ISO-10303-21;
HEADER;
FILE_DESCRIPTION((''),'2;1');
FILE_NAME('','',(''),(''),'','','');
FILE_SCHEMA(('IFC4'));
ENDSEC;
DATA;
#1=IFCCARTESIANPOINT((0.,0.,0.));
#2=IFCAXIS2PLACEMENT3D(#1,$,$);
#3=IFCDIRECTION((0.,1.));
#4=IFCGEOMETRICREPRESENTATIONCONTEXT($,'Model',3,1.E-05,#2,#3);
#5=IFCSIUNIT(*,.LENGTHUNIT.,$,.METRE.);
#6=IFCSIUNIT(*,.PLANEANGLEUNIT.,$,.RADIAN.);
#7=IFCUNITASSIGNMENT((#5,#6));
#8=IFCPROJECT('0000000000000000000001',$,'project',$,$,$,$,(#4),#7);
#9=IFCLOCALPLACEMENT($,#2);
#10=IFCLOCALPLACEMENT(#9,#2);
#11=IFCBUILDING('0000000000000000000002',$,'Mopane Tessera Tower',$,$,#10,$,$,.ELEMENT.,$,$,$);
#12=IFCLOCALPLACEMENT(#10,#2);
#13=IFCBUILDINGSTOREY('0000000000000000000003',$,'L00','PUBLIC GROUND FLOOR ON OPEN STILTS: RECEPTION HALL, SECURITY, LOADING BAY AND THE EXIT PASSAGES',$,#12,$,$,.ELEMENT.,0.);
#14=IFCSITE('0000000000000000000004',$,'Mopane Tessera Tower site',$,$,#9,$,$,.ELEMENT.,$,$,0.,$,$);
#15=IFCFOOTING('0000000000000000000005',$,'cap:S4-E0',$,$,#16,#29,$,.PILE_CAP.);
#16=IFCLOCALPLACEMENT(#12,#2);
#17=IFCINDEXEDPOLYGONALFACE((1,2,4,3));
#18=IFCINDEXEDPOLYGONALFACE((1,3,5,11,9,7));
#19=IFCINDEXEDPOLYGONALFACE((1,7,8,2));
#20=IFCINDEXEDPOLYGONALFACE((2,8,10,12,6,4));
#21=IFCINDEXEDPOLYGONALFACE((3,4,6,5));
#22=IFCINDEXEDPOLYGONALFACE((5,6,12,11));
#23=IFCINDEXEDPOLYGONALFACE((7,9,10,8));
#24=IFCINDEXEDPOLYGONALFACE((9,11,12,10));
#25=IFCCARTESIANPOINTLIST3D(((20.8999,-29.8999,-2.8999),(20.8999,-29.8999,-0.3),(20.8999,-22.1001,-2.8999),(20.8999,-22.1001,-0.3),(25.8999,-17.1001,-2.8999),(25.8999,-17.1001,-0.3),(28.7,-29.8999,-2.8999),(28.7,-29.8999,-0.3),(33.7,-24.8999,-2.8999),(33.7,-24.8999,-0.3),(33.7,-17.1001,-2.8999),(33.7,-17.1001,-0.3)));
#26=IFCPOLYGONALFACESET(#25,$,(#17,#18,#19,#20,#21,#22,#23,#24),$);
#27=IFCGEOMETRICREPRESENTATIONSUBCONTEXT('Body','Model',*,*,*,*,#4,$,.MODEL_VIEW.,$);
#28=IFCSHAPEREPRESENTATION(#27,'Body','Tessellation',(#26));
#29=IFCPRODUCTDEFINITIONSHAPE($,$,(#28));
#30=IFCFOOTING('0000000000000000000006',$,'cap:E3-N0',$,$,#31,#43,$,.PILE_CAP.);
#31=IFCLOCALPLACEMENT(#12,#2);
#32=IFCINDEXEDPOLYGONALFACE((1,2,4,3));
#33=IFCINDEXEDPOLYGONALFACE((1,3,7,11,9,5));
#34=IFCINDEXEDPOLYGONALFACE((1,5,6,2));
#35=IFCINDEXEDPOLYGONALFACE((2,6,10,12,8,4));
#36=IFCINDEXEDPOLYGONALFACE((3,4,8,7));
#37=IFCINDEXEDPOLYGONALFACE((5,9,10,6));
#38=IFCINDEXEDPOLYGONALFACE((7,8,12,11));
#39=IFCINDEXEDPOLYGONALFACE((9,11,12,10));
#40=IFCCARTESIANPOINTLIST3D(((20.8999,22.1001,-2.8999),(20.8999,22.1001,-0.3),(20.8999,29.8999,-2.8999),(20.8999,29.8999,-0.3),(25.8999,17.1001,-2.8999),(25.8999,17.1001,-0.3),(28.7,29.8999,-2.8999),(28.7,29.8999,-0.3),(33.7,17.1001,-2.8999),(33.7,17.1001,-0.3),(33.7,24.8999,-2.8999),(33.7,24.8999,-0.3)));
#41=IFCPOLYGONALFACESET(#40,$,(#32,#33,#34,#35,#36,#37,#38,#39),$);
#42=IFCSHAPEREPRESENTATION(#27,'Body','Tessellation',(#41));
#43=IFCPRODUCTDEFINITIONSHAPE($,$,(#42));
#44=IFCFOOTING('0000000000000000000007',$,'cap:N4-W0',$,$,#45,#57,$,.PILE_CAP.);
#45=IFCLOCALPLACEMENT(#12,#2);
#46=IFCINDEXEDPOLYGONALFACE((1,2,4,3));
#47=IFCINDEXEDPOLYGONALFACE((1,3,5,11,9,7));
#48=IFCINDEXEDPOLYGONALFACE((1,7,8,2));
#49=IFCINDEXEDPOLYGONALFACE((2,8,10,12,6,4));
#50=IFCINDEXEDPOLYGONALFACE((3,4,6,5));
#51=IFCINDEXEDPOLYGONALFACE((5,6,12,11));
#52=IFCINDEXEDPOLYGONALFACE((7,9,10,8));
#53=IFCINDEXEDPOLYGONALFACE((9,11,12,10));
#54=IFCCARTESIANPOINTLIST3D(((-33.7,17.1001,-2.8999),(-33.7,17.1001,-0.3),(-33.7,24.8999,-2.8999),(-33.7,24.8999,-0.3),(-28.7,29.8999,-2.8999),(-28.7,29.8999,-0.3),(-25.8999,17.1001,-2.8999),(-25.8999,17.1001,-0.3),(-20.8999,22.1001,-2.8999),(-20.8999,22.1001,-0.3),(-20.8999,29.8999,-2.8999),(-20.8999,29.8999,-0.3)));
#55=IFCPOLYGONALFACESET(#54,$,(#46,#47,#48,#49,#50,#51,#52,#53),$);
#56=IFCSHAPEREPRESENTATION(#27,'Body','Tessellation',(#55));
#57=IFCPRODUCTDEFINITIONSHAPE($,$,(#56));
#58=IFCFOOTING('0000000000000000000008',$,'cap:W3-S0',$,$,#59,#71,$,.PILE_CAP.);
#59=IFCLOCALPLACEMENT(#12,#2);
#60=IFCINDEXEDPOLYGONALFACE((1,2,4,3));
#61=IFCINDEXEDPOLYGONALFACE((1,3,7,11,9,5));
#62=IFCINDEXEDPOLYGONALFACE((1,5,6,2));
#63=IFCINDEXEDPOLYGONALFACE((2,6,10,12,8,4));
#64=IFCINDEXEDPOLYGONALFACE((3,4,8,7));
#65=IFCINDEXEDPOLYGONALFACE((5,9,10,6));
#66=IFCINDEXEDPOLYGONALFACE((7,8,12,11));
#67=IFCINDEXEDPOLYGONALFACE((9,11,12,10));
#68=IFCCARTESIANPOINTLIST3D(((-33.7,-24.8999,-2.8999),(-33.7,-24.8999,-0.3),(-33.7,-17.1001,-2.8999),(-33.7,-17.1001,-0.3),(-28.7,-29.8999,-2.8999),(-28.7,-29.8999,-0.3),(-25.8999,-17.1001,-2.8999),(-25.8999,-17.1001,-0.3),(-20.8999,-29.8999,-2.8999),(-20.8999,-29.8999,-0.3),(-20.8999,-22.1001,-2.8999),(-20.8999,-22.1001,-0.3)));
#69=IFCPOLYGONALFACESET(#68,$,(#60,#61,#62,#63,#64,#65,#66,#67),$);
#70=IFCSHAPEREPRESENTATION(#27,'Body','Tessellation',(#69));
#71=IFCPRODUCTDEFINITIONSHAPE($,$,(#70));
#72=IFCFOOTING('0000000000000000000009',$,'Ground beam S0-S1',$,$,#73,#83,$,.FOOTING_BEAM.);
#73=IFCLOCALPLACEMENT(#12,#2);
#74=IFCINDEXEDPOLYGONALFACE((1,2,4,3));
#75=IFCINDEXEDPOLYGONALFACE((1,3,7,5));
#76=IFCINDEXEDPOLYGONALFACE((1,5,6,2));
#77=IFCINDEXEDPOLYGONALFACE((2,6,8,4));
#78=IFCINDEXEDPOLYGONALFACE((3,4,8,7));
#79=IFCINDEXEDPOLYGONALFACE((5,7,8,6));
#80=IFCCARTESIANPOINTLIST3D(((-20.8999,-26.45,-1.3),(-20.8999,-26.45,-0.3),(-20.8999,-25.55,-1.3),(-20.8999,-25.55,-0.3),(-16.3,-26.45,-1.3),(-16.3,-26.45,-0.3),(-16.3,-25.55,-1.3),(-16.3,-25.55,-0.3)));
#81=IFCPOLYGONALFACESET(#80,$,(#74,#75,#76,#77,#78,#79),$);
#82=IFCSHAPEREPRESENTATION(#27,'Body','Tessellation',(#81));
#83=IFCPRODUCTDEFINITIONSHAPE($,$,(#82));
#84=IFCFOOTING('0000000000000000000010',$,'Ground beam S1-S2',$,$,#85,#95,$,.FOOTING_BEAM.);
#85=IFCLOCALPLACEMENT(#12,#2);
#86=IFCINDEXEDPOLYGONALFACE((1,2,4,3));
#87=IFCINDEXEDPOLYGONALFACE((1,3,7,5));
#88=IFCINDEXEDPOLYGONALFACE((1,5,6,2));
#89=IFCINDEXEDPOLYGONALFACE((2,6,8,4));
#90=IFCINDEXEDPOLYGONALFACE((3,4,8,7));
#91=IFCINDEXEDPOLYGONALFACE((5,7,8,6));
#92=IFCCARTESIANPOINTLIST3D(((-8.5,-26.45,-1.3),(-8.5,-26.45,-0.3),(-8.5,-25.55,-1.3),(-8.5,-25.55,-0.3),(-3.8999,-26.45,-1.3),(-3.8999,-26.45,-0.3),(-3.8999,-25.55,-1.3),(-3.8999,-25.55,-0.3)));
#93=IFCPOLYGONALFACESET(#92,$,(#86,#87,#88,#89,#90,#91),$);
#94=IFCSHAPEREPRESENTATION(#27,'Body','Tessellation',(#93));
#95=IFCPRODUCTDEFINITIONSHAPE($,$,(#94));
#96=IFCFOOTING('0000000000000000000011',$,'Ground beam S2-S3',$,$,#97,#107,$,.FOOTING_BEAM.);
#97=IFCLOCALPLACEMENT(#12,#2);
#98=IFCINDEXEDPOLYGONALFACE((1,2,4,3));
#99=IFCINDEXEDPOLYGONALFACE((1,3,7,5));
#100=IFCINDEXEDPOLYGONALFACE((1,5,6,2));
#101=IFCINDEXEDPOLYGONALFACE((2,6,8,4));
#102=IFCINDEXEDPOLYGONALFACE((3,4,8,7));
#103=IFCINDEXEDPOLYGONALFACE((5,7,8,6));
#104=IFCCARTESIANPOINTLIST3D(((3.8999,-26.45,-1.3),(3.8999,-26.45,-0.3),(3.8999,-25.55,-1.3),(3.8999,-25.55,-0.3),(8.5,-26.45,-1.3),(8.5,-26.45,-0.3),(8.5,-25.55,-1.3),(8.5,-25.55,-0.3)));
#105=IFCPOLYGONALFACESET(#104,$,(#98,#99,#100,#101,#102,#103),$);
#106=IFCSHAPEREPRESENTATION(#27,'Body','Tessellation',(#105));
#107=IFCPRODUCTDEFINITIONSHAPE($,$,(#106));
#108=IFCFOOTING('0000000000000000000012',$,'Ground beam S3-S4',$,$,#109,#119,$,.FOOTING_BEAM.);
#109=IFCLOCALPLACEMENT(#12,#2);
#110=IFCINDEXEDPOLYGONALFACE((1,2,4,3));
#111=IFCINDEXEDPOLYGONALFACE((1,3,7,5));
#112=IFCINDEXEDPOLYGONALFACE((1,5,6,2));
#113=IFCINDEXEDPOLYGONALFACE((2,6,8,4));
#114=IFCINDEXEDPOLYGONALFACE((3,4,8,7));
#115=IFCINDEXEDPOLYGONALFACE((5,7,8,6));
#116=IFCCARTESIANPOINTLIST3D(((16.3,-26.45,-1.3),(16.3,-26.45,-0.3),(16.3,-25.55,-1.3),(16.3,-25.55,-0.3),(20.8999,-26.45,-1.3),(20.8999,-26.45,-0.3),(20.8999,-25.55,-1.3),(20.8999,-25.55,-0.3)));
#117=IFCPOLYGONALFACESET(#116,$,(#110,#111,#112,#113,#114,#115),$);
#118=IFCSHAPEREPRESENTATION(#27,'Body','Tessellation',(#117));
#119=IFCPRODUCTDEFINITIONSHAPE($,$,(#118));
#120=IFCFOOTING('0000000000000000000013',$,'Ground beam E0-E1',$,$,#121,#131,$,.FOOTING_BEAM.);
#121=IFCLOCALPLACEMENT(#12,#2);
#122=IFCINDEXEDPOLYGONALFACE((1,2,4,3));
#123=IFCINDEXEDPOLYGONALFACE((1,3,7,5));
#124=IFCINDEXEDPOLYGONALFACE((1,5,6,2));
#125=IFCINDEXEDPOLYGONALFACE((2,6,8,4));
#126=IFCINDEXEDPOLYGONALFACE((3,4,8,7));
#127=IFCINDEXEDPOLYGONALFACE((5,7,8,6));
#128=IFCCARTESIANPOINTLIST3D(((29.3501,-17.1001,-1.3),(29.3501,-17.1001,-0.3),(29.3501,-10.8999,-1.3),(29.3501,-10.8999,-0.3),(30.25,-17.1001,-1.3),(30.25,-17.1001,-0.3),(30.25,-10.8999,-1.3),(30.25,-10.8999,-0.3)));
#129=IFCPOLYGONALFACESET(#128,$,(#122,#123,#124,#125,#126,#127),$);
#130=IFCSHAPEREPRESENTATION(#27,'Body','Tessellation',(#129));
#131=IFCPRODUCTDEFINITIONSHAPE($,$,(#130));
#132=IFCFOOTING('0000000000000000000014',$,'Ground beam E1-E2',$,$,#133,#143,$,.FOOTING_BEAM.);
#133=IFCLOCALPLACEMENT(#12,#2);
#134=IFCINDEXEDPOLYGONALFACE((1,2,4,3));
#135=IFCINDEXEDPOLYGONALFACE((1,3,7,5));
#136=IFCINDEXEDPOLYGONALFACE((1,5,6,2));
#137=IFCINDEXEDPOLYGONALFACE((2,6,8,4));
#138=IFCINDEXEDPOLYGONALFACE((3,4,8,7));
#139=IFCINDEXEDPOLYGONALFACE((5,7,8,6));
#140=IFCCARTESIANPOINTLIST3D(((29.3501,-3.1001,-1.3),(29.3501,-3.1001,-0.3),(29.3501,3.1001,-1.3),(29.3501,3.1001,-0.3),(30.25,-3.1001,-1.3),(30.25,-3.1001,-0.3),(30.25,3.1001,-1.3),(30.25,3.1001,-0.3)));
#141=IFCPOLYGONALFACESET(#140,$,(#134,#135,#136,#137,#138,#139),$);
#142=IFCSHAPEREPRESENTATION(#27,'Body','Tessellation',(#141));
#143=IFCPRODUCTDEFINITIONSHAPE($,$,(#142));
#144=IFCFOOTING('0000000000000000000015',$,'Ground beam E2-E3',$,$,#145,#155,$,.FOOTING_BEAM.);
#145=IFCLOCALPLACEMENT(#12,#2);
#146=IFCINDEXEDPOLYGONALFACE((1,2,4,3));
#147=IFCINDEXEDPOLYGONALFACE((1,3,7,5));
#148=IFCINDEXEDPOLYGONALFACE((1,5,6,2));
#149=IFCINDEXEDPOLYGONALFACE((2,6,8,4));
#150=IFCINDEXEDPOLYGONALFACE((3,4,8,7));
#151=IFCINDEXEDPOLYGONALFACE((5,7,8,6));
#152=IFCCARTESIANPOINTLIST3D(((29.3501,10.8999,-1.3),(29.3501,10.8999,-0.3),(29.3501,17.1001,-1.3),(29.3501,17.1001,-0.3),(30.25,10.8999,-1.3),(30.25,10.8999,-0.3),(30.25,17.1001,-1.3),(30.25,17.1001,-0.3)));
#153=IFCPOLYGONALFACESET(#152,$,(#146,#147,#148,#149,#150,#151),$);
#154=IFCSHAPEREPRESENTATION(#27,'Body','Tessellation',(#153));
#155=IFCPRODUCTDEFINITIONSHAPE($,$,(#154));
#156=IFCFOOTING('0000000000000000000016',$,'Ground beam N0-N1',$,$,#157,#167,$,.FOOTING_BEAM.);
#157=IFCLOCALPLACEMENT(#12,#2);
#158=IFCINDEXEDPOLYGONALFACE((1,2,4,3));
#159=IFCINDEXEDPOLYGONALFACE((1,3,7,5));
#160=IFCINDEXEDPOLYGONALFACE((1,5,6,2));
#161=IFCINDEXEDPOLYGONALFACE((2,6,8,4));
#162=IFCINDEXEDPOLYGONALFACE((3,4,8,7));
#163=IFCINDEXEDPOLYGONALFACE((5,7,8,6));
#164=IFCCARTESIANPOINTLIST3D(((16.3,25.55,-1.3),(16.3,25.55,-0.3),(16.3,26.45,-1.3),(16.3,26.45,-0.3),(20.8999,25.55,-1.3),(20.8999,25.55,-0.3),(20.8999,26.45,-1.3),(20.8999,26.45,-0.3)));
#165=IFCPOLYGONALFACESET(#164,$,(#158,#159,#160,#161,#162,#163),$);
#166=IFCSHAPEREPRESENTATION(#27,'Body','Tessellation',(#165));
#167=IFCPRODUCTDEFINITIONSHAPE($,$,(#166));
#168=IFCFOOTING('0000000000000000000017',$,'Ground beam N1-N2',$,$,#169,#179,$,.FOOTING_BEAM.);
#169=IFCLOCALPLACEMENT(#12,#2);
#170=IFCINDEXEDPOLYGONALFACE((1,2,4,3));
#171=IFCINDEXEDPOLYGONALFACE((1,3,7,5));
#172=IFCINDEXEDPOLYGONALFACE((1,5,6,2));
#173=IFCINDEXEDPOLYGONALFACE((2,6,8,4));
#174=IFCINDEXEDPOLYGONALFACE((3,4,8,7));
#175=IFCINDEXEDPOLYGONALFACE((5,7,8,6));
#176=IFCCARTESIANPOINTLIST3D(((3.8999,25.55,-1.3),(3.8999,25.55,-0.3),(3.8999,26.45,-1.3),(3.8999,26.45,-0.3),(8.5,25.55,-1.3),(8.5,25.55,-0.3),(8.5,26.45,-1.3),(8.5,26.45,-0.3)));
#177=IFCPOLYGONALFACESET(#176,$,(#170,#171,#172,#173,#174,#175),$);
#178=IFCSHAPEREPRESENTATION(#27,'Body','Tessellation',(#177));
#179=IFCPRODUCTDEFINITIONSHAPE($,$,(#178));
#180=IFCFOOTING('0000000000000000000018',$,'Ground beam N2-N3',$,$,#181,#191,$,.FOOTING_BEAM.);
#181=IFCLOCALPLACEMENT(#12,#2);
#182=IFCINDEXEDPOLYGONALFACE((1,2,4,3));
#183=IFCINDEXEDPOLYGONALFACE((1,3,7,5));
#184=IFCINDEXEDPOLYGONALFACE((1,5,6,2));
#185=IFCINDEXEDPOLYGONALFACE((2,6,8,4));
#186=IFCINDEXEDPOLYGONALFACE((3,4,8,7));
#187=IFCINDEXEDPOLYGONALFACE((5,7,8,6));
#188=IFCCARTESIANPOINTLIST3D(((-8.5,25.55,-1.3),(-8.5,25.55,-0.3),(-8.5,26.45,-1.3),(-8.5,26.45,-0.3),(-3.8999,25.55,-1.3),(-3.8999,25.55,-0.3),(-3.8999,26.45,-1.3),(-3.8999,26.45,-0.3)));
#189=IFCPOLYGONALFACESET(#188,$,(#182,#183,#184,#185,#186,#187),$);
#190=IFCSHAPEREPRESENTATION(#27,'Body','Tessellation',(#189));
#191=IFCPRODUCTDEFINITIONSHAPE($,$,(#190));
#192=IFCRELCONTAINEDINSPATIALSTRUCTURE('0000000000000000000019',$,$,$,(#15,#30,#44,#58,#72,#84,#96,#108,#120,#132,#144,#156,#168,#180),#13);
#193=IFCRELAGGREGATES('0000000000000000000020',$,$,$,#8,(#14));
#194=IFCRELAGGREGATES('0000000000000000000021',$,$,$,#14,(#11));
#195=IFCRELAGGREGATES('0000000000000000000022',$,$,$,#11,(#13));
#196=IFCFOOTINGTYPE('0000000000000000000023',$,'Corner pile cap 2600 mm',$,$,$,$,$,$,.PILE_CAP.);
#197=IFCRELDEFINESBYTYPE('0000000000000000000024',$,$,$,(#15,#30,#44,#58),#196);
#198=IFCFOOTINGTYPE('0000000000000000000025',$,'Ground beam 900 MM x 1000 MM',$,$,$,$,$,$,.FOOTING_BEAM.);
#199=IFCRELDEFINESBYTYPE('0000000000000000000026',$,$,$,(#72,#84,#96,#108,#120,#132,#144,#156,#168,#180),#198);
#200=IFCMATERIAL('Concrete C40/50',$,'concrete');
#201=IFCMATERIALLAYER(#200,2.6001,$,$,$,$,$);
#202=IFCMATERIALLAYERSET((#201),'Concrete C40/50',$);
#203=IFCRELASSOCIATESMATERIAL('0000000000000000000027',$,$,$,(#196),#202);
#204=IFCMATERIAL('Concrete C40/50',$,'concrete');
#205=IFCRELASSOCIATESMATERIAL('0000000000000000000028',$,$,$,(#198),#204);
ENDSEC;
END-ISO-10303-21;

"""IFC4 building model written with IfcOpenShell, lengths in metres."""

from ifc_helpers import new_model, si_unit, direction, frame, origin, place, context, subcontext, project, spatial, polyline, outline, extrude, material, layer, layer_set, type_object, element, save


model = new_model("IFC4")

# Units and contexts
model_context = context("Model", 3, precision=1e-05, world=origin(), true_north=direction((0.0, 1.0)))
body_context = subcontext(model_context, "Body", "Model", "MODEL_VIEW")
ifc_project = project(units=[si_unit("LENGTHUNIT", "METRE"), si_unit("PLANEANGLEUNIT", "RADIAN")], contexts=[model_context])

# Site, building, storey
site_placement = place(None, origin())
site = spatial("IfcSite", under=ifc_project, at=site_placement, Name="Mopane Tessera Tower site", CompositionType="ELEMENT", RefElevation=0.0)
building_placement = place(site_placement, origin())
building = spatial("IfcBuilding", under=site, at=building_placement, Name="Mopane Tessera Tower", CompositionType="ELEMENT")
storey_placement = place(building_placement, origin())
storey = spatial("IfcBuildingStorey", under=building, at=storey_placement, Name="L00", Description="PUBLIC GROUND FLOOR ON OPEN STILTS: RECEPTION HALL, SECURITY, LOADING BAY AND THE EXIT PASSAGES", CompositionType="ELEMENT", Elevation=0.0)

# Footings
ifc_material_1 = material(Name="Concrete C40/50", Category="concrete")
ifc_layer_1 = layer(ifc_material_1, 2.6001)
ifc_layer_set_1 = layer_set([ifc_layer_1], Name="Concrete C40/50")
footing_type_1 = type_object("IfcFootingType", Name="Corner pile cap 2600 mm", PredefinedType="PILE_CAP", material=ifc_layer_set_1)
footing_1_placement = place(storey_placement, frame((0.0, 0.0, -2.8999)))
element("IfcFooting", 1, at=footing_1_placement, inside=storey, type_object=footing_type_1, Name="cap:S4-E0", PredefinedType="PILE_CAP", context=body_context, shape_type="SweptSolid", body=[
    extrude(outline(polyline([(28.7, -29.8999), (33.7, -24.8999), (33.7, -17.1001), (25.8999, -17.1001), (20.8999, -22.1001), (20.8999, -29.8999), (28.7, -29.8999)])), origin(), (0.0, 0.0, 1.0), 2.5999),
])
footing_2_placement = place(storey_placement, frame((0.0, 0.0, -2.8999)))
element("IfcFooting", 2, at=footing_2_placement, inside=storey, type_object=footing_type_1, Name="cap:E3-N0", PredefinedType="PILE_CAP", context=body_context, shape_type="SweptSolid", body=[
    extrude(outline(polyline([(33.7, 17.1001), (33.7, 24.8999), (28.7, 29.8999), (20.8999, 29.8999), (20.8999, 22.1001), (25.8999, 17.1001), (33.7, 17.1001)])), origin(), (0.0, 0.0, 1.0), 2.5999),
])
footing_3_placement = place(storey_placement, frame((0.0, 0.0, -2.8999)))
element("IfcFooting", 3, at=footing_3_placement, inside=storey, type_object=footing_type_1, Name="cap:N4-W0", PredefinedType="PILE_CAP", context=body_context, shape_type="SweptSolid", body=[
    extrude(outline(polyline([(-25.8999, 17.1001), (-20.8999, 22.1001), (-20.8999, 29.8999), (-28.7, 29.8999), (-33.7, 24.8999), (-33.7, 17.1001), (-25.8999, 17.1001)])), origin(), (0.0, 0.0, 1.0), 2.5999),
])
footing_4_placement = place(storey_placement, frame((0.0, 0.0, -2.8999)))
element("IfcFooting", 4, at=footing_4_placement, inside=storey, type_object=footing_type_1, Name="cap:W3-S0", PredefinedType="PILE_CAP", context=body_context, shape_type="SweptSolid", body=[
    extrude(outline(polyline([(-20.8999, -29.8999), (-20.8999, -22.1001), (-25.8999, -17.1001), (-33.7, -17.1001), (-33.7, -24.8999), (-28.7, -29.8999), (-20.8999, -29.8999)])), origin(), (0.0, 0.0, 1.0), 2.5999),
])
ifc_material_2 = material(Name="Concrete C40/50", Category="concrete")
footing_type_2 = type_object("IfcFootingType", Name="Ground beam 900 MM x 1000 MM", PredefinedType="FOOTING_BEAM", material=ifc_material_2)
footing_5_placement = place(storey_placement, frame((0.0, 0.0, -1.3)))
element("IfcFooting", 5, at=footing_5_placement, inside=storey, type_object=footing_type_2, Name="Ground beam S0-S1", PredefinedType="FOOTING_BEAM", context=body_context, shape_type="SweptSolid", body=[
    extrude(outline(polyline([(-16.3, -25.55), (-20.8999, -25.55), (-20.8999, -26.45), (-16.3, -26.45), (-16.3, -25.55)])), origin(), (0.0, 0.0, 1.0), 1.0),
])
footing_6_placement = place(storey_placement, frame((0.0, 0.0, -1.3)))
element("IfcFooting", 6, at=footing_6_placement, inside=storey, type_object=footing_type_2, Name="Ground beam S1-S2", PredefinedType="FOOTING_BEAM", context=body_context, shape_type="SweptSolid", body=[
    extrude(outline(polyline([(-3.8999, -25.55), (-8.5, -25.55), (-8.5, -26.45), (-3.8999, -26.45), (-3.8999, -25.55)])), origin(), (0.0, 0.0, 1.0), 1.0),
])
footing_7_placement = place(storey_placement, frame((0.0, 0.0, -1.3)))
element("IfcFooting", 7, at=footing_7_placement, inside=storey, type_object=footing_type_2, Name="Ground beam S2-S3", PredefinedType="FOOTING_BEAM", context=body_context, shape_type="SweptSolid", body=[
    extrude(outline(polyline([(8.5, -25.55), (3.8999, -25.55), (3.8999, -26.45), (8.5, -26.45), (8.5, -25.55)])), origin(), (0.0, 0.0, 1.0), 1.0),
])
footing_8_placement = place(storey_placement, frame((0.0, 0.0, -1.3)))
element("IfcFooting", 8, at=footing_8_placement, inside=storey, type_object=footing_type_2, Name="Ground beam S3-S4", PredefinedType="FOOTING_BEAM", context=body_context, shape_type="SweptSolid", body=[
    extrude(outline(polyline([(20.8999, -25.55), (16.3, -25.55), (16.3, -26.45), (20.8999, -26.45), (20.8999, -25.55)])), origin(), (0.0, 0.0, 1.0), 1.0),
])
footing_9_placement = place(storey_placement, frame((0.0, 0.0, -1.3)))
element("IfcFooting", 9, at=footing_9_placement, inside=storey, type_object=footing_type_2, Name="Ground beam E0-E1", PredefinedType="FOOTING_BEAM", context=body_context, shape_type="SweptSolid", body=[
    extrude(outline(polyline([(30.25, -10.8999), (29.3501, -10.8999), (29.3501, -17.1001), (30.25, -17.1001), (30.25, -10.8999)])), origin(), (0.0, 0.0, 1.0), 1.0),
])
footing_10_placement = place(storey_placement, frame((0.0, 0.0, -1.3)))
element("IfcFooting", 10, at=footing_10_placement, inside=storey, type_object=footing_type_2, Name="Ground beam E1-E2", PredefinedType="FOOTING_BEAM", context=body_context, shape_type="SweptSolid", body=[
    extrude(outline(polyline([(30.25, 3.1001), (29.3501, 3.1001), (29.3501, -3.1001), (30.25, -3.1001), (30.25, 3.1001)])), origin(), (0.0, 0.0, 1.0), 1.0),
])
footing_11_placement = place(storey_placement, frame((0.0, 0.0, -1.3)))
element("IfcFooting", 11, at=footing_11_placement, inside=storey, type_object=footing_type_2, Name="Ground beam E2-E3", PredefinedType="FOOTING_BEAM", context=body_context, shape_type="SweptSolid", body=[
    extrude(outline(polyline([(30.25, 17.1001), (29.3501, 17.1001), (29.3501, 10.8999), (30.25, 10.8999), (30.25, 17.1001)])), origin(), (0.0, 0.0, 1.0), 1.0),
])
footing_12_placement = place(storey_placement, frame((0.0, 0.0, -1.3)))
element("IfcFooting", 12, at=footing_12_placement, inside=storey, type_object=footing_type_2, Name="Ground beam N0-N1", PredefinedType="FOOTING_BEAM", context=body_context, shape_type="SweptSolid", body=[
    extrude(outline(polyline([(20.8999, 26.45), (16.3, 26.45), (16.3, 25.55), (20.8999, 25.55), (20.8999, 26.45)])), origin(), (0.0, 0.0, 1.0), 1.0),
])
footing_13_placement = place(storey_placement, frame((0.0, 0.0, -1.3)))
element("IfcFooting", 13, at=footing_13_placement, inside=storey, type_object=footing_type_2, Name="Ground beam N1-N2", PredefinedType="FOOTING_BEAM", context=body_context, shape_type="SweptSolid", body=[
    extrude(outline(polyline([(8.5, 26.45), (3.8999, 26.45), (3.8999, 25.55), (8.5, 25.55), (8.5, 26.45)])), origin(), (0.0, 0.0, 1.0), 1.0),
])
footing_14_placement = place(storey_placement, frame((0.0, 0.0, -1.3)))
element("IfcFooting", 14, at=footing_14_placement, inside=storey, type_object=footing_type_2, Name="Ground beam N2-N3", PredefinedType="FOOTING_BEAM", context=body_context, shape_type="SweptSolid", body=[
    extrude(outline(polyline([(-3.8999, 26.45), (-8.5, 26.45), (-8.5, 25.55), (-3.8999, 25.55), (-3.8999, 26.45)])), origin(), (0.0, 0.0, 1.0), 1.0),
])

save(model, "model.ifc")
